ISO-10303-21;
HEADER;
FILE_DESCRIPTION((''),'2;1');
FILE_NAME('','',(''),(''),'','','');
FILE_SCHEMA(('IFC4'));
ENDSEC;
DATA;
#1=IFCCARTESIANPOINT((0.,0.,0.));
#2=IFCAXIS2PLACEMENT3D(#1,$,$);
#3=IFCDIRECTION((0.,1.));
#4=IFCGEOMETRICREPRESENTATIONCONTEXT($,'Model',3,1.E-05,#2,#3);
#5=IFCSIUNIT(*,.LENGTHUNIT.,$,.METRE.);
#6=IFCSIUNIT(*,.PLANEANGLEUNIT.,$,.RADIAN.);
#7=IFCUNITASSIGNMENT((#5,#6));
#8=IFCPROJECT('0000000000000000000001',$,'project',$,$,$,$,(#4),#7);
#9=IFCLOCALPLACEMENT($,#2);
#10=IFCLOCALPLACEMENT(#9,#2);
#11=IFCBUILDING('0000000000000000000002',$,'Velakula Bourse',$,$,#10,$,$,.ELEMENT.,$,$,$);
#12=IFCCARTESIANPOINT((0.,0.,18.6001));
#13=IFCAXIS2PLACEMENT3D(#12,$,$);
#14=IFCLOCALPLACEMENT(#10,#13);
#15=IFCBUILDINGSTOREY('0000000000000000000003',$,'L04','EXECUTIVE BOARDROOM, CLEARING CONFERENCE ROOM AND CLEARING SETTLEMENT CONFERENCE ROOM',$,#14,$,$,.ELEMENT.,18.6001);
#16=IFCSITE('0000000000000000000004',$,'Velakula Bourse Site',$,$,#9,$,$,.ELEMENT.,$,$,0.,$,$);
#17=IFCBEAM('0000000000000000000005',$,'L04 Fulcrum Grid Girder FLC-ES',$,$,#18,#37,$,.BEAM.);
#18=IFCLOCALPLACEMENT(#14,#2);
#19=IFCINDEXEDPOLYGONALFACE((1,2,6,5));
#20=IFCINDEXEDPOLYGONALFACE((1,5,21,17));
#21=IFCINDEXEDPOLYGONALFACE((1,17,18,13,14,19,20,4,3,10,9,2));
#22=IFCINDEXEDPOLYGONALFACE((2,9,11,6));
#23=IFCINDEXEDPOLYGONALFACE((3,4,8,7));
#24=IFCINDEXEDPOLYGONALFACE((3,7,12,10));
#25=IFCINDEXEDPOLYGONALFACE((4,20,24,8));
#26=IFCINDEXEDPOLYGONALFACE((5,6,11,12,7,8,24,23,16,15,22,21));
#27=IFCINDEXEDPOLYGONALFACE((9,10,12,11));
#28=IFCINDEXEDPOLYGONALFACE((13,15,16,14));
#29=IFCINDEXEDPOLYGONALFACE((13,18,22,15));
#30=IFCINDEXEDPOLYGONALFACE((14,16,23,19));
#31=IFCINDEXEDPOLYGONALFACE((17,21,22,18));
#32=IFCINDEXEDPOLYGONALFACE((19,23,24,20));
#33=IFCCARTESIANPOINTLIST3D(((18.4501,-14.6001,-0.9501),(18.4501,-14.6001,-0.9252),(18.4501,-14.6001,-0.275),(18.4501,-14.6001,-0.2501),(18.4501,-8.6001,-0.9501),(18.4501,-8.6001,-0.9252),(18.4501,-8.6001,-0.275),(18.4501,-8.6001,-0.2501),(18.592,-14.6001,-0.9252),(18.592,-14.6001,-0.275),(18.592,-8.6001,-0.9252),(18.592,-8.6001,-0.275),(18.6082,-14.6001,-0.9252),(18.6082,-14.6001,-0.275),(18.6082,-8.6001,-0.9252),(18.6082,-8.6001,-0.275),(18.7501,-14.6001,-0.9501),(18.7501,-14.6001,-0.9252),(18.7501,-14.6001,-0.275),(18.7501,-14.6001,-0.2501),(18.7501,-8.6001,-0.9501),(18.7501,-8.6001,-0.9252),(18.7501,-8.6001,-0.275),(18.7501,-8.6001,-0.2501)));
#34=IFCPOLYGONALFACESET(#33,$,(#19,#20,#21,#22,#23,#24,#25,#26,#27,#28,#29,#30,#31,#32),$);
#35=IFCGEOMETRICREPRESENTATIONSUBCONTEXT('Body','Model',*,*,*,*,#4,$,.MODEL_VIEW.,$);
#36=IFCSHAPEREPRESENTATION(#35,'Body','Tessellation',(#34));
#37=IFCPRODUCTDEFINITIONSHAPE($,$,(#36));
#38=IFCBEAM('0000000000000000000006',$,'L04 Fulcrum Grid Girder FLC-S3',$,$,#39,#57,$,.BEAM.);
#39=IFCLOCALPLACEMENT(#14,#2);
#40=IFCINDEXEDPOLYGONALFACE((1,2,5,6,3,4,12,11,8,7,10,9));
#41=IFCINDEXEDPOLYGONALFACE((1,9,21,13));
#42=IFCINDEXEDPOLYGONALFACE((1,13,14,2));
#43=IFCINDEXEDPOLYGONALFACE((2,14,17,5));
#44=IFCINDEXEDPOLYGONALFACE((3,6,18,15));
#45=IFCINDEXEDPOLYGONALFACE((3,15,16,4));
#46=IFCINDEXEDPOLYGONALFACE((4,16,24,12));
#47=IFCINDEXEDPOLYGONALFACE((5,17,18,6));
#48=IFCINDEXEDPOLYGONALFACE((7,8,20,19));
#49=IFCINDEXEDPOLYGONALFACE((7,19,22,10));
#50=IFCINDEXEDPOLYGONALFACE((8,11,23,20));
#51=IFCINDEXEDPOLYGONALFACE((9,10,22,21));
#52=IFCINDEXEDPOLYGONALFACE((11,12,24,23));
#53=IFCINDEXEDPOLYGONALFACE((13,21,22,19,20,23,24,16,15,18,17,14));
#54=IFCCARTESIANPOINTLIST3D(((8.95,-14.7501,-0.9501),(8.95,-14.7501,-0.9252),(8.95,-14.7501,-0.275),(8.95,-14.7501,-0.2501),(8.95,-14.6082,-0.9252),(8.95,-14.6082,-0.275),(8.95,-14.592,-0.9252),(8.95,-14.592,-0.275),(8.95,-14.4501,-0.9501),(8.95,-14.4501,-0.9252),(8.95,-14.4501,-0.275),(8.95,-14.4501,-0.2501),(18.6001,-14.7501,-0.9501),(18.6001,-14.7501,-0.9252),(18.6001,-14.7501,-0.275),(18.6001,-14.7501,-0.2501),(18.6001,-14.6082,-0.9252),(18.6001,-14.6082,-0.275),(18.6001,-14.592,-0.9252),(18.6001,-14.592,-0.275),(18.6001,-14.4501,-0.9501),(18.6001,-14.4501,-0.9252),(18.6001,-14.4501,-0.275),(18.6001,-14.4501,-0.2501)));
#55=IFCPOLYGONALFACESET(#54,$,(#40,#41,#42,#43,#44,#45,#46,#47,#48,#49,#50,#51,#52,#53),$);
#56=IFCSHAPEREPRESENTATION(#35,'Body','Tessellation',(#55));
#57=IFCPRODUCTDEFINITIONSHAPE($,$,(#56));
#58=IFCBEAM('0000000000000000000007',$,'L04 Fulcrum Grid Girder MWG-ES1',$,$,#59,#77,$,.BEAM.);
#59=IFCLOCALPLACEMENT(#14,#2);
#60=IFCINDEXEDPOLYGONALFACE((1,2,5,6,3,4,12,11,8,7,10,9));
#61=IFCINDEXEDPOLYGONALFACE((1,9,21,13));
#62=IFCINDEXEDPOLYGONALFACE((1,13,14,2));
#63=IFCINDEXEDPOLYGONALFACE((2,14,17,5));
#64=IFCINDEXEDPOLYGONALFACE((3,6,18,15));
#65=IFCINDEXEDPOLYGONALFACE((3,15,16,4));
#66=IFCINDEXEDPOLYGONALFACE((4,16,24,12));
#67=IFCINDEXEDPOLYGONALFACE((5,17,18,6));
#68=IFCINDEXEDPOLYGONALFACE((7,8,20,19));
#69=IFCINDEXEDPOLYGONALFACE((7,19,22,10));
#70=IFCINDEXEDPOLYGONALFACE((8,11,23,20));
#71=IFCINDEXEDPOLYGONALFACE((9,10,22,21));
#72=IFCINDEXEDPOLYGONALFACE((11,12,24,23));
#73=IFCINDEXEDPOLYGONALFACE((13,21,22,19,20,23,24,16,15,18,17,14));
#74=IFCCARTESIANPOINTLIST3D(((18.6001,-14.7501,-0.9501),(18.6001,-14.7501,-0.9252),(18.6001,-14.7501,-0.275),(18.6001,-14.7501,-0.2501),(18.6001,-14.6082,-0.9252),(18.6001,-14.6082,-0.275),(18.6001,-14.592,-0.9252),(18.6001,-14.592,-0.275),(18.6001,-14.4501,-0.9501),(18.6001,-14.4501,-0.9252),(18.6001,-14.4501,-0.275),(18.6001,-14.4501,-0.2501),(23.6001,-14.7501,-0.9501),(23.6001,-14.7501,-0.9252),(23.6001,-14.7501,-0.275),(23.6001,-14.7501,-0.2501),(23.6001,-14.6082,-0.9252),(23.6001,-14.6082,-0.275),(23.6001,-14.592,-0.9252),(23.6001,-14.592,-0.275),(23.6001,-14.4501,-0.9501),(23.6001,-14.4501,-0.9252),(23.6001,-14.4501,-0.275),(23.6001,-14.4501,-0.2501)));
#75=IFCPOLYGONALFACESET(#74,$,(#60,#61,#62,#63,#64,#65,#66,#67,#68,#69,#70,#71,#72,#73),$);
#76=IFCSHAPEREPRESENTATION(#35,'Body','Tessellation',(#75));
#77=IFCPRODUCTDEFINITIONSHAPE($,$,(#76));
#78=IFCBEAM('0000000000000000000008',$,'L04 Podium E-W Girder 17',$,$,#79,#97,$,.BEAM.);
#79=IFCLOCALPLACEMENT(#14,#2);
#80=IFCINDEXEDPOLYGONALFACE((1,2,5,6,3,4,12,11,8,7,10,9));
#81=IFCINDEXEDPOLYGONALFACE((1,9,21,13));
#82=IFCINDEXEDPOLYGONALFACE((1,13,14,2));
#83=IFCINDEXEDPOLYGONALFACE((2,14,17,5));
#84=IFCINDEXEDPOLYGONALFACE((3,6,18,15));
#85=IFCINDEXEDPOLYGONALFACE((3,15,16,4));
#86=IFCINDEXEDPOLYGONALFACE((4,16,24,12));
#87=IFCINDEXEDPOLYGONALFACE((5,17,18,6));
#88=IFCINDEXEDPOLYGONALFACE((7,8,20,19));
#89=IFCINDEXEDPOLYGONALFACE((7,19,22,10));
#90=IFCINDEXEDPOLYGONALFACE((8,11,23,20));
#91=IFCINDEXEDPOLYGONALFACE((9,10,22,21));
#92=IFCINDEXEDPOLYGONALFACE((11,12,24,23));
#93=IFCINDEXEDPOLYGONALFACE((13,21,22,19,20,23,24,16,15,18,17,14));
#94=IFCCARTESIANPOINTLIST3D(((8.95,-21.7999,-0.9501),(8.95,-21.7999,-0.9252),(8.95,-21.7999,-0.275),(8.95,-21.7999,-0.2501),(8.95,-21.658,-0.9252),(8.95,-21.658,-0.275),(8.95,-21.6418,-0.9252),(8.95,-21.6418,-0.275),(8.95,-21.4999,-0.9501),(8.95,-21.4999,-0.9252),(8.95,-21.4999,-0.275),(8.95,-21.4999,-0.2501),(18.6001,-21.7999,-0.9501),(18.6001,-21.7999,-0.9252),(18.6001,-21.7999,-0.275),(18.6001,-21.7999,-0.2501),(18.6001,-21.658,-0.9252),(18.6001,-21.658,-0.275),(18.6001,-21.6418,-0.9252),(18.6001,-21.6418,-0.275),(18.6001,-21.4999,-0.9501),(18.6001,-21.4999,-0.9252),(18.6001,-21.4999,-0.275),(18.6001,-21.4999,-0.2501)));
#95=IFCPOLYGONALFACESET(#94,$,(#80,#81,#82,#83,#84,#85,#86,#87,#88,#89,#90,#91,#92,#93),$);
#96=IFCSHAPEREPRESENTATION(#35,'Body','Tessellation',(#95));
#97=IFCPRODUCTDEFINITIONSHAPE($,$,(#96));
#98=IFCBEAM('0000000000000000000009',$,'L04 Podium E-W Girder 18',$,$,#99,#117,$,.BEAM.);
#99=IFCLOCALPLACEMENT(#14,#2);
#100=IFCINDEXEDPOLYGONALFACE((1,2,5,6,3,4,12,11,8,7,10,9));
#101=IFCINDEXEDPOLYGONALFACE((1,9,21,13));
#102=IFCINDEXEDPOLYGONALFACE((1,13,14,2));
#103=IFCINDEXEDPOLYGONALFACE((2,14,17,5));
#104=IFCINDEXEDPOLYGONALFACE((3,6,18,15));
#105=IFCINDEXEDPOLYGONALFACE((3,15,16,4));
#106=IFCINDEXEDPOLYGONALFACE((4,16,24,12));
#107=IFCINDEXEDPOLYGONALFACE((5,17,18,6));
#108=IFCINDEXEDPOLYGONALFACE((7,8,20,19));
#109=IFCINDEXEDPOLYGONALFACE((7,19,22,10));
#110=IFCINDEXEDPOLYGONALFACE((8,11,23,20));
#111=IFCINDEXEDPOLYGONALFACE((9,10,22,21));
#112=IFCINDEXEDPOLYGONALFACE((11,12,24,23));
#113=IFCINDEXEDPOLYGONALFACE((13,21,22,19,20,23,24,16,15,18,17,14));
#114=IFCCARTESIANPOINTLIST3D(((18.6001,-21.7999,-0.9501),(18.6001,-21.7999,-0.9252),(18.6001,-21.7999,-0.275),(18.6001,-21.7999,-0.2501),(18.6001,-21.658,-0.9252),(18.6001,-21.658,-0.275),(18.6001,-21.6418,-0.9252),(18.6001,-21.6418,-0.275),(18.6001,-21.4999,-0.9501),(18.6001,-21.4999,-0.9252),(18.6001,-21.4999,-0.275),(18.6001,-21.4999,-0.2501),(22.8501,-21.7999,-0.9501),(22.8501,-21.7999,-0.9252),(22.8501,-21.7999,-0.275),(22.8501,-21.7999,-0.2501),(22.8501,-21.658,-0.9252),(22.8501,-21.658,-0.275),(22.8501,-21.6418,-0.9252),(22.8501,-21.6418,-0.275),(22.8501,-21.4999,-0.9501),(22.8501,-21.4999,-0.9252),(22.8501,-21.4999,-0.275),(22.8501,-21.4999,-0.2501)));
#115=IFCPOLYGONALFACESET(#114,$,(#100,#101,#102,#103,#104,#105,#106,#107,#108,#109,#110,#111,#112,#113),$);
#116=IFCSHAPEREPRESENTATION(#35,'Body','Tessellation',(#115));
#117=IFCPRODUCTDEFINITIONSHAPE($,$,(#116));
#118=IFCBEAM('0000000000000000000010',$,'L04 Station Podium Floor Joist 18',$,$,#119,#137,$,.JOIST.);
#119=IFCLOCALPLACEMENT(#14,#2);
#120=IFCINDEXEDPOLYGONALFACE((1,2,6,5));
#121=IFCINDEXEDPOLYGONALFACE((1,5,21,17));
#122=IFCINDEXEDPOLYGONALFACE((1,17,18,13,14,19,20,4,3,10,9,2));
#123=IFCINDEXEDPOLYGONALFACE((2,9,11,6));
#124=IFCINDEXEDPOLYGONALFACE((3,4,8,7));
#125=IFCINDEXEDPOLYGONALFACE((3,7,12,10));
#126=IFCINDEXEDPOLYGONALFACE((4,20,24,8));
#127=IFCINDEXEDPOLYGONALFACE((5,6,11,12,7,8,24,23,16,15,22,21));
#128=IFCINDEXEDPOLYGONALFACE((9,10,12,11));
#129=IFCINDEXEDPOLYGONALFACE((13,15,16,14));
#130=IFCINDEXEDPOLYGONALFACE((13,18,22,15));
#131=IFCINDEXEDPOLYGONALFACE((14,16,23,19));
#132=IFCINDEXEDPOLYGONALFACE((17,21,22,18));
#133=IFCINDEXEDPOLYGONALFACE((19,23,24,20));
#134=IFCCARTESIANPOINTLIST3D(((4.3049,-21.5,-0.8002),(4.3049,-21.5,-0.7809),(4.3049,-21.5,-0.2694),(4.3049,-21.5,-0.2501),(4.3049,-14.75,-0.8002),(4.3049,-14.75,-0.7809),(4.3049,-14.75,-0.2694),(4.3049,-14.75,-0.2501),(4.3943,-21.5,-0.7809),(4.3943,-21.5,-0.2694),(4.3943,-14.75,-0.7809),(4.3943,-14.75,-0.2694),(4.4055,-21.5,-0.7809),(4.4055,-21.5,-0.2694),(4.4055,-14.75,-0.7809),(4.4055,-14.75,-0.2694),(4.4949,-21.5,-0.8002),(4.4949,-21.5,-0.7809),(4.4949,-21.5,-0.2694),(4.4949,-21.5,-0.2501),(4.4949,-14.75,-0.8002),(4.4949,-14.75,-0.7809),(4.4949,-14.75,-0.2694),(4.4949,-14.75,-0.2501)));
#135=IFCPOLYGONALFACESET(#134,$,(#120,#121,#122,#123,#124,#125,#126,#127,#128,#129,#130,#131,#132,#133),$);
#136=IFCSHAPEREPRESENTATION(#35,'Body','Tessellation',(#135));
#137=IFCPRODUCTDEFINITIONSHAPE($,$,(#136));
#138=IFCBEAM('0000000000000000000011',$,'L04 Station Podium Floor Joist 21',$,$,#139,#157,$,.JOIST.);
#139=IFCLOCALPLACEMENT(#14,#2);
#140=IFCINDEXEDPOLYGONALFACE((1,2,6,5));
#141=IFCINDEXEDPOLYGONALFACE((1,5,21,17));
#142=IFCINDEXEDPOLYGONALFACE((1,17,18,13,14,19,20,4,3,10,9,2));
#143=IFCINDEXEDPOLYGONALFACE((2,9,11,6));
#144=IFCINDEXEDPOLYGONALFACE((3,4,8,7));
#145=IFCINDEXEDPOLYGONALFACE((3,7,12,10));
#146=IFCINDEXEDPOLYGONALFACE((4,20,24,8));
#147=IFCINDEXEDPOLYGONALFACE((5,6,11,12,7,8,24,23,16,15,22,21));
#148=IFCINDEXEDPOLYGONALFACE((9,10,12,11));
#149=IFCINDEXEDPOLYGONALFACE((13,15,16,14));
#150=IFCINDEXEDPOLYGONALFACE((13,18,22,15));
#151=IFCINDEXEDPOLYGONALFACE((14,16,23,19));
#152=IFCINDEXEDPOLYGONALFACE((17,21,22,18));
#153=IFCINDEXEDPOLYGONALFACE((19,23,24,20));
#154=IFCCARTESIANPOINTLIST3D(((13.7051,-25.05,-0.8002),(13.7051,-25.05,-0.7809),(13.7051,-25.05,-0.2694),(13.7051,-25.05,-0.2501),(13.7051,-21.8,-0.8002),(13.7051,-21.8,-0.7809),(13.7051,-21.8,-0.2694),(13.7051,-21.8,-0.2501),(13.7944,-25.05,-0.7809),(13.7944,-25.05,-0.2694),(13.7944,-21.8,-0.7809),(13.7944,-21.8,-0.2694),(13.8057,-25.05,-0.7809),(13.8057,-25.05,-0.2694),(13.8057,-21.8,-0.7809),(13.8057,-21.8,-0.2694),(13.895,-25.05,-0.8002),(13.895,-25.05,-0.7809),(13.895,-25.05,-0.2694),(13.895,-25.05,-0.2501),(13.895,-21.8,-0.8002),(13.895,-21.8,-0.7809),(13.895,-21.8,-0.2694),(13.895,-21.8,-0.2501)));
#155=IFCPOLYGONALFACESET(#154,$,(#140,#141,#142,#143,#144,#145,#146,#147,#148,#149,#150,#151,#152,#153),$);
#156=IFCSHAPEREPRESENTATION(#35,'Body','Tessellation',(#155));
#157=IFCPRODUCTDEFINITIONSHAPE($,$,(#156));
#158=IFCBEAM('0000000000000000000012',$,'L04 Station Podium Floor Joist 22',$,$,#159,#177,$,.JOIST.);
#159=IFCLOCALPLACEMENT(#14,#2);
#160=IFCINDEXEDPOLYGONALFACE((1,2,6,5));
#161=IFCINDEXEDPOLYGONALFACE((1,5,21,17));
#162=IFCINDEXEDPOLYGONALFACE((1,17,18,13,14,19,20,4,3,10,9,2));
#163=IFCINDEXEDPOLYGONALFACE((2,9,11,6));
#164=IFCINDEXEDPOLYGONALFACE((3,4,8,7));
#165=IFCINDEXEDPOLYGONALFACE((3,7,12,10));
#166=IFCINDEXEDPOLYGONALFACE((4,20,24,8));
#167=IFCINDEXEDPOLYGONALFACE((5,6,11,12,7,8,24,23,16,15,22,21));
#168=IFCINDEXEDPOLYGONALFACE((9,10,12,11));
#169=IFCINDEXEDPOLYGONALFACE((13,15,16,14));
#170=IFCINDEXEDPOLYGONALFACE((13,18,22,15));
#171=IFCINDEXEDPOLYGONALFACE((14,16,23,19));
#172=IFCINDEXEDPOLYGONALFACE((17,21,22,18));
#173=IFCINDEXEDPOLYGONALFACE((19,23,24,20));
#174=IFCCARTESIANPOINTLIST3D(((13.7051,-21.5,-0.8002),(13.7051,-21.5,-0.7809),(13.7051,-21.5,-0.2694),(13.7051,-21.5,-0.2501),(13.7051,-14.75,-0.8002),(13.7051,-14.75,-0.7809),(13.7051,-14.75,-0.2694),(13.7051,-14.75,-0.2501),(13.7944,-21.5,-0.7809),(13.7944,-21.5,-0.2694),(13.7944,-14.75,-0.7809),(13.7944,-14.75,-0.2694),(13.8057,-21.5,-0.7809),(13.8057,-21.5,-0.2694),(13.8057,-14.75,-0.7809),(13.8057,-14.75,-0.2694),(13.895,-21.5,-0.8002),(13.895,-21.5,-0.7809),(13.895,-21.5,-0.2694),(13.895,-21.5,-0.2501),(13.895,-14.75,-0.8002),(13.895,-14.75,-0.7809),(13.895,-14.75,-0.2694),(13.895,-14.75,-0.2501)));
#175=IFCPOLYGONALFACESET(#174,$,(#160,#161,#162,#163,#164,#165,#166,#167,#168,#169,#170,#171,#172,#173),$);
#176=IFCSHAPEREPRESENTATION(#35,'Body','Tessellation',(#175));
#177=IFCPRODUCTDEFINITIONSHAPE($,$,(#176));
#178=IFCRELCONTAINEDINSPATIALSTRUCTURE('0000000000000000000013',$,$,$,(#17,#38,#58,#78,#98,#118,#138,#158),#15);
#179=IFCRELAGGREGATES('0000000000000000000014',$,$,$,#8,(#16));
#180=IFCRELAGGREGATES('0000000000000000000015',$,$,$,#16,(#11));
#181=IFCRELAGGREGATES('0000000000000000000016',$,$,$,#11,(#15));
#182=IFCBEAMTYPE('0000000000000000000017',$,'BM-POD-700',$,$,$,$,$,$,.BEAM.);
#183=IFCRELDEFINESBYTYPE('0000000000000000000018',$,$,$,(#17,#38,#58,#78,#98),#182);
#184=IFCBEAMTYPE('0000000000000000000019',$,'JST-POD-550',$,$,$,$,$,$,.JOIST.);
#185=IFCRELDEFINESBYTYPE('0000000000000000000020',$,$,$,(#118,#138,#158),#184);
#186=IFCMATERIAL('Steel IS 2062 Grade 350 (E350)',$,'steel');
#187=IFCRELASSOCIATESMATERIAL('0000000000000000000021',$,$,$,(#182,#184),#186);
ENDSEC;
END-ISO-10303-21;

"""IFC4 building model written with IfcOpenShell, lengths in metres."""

from ifc_helpers import new_model, si_unit, direction, frame, origin, origin_2d, place, context, subcontext, project, spatial, i_section, extrude, material, material_profile, profile_set, type_object, element, save


model = new_model("IFC4")

# Units and contexts
model_context = context("Model", 3, precision=1e-05, world=origin(), true_north=direction((0.0, 1.0)))
body_context = subcontext(model_context, "Body", "Model", "MODEL_VIEW")
ifc_project = project(units=[si_unit("LENGTHUNIT", "METRE"), si_unit("PLANEANGLEUNIT", "RADIAN")], contexts=[model_context])

# Site, building, storey
site_placement = place(None, origin())
site = spatial("IfcSite", under=ifc_project, at=site_placement, Name="Velakula Bourse Site", CompositionType="ELEMENT", RefElevation=0.0)
building_placement = place(site_placement, origin())
building = spatial("IfcBuilding", under=site, at=building_placement, Name="Velakula Bourse", CompositionType="ELEMENT")
storey_placement = place(building_placement, frame((0.0, 0.0, 18.6001)))
storey = spatial("IfcBuildingStorey", under=building, at=storey_placement, Name="L04", Description="EXECUTIVE BOARDROOM, CLEARING CONFERENCE ROOM AND CLEARING SETTLEMENT CONFERENCE ROOM", CompositionType="ELEMENT", Elevation=18.6001)

# Beams
ifc_material_1 = material(Name="Steel IS 2062 Grade 350 (E350)", Category="steel")
ifc_material_profile_1 = material_profile(ifc_material_1, i_section(OverallWidth=0.3, OverallDepth=0.7, WebThickness=0.0161, FlangeThickness=0.0249, at=origin_2d()), Name="Steel IS 2062 Grade 350 (E350)")
ifc_profile_set_1 = profile_set([ifc_material_profile_1], Name="Steel IS 2062 Grade 350 (E350)")
beam_type_1 = type_object("IfcBeamType", Name="BM-POD-700", PredefinedType="BEAM", material=ifc_profile_set_1)
for number, where, z_axis, x_axis, name in (
    (1, (18.6001, -14.6001, -0.6001), (0.0, 1.0, 0.0), (-1.0, 0.0, 0.0), "L04 Fulcrum Grid Girder FLC-ES"),
):
    element("IfcBeam", number, at=place(storey_placement, frame(where, z_axis=z_axis, x_axis=x_axis)), inside=storey, type_object=beam_type_1, Name=name, PredefinedType="BEAM", context=body_context, shape_type="SweptSolid", body=[
        extrude(i_section(OverallWidth=0.3, OverallDepth=0.7, WebThickness=0.0161, FlangeThickness=0.0249, at=origin_2d()), origin(), (0.0, 0.0, 1.0), 6.0),
    ])
beam_1_placement = place(storey_placement, frame((8.95, -14.6001, -0.6001), z_axis=(1.0, 0.0, 0.0), x_axis=(0.0, 1.0, 0.0)))
element("IfcBeam", 2, at=beam_1_placement, inside=storey, type_object=beam_type_1, Name="L04 Fulcrum Grid Girder FLC-S3", PredefinedType="BEAM", context=body_context, shape_type="SweptSolid", body=[
    extrude(i_section(OverallWidth=0.3, OverallDepth=0.7, WebThickness=0.0161, FlangeThickness=0.0249, at=origin_2d()), origin(), (0.0, 0.0, 1.0), 9.6501),
])
beam_2_placement = place(storey_placement, frame((18.6001, -14.6001, -0.6001), z_axis=(1.0, 0.0, 0.0), x_axis=(0.0, 1.0, 0.0)))
element("IfcBeam", 3, at=beam_2_placement, inside=storey, type_object=beam_type_1, Name="L04 Fulcrum Grid Girder MWG-ES1", PredefinedType="BEAM", context=body_context, shape_type="SweptSolid", body=[
    extrude(i_section(OverallWidth=0.3, OverallDepth=0.7, WebThickness=0.0161, FlangeThickness=0.0249, at=origin_2d()), origin(), (0.0, 0.0, 1.0), 5.0),
])
beam_3_placement = place(storey_placement, frame((8.95, -21.6499, -0.6001), z_axis=(1.0, 0.0, 0.0), x_axis=(0.0, 1.0, 0.0)))
element("IfcBeam", 4, at=beam_3_placement, inside=storey, type_object=beam_type_1, Name="L04 Podium E-W Girder 17", PredefinedType="BEAM", context=body_context, shape_type="SweptSolid", body=[
    extrude(i_section(OverallWidth=0.3, OverallDepth=0.7, WebThickness=0.0161, FlangeThickness=0.0249, at=origin_2d()), origin(), (0.0, 0.0, 1.0), 9.6501),
])
beam_4_placement = place(storey_placement, frame((18.6001, -21.6499, -0.6001), z_axis=(1.0, 0.0, 0.0), x_axis=(0.0, 1.0, 0.0)))
element("IfcBeam", 5, at=beam_4_placement, inside=storey, type_object=beam_type_1, Name="L04 Podium E-W Girder 18", PredefinedType="BEAM", context=body_context, shape_type="SweptSolid", body=[
    extrude(i_section(OverallWidth=0.3, OverallDepth=0.7, WebThickness=0.0161, FlangeThickness=0.0249, at=origin_2d()), origin(), (0.0, 0.0, 1.0), 4.25),
])
ifc_material_profile_2 = material_profile(ifc_material_1, i_section(OverallWidth=0.1899, OverallDepth=0.55, WebThickness=0.0112, FlangeThickness=0.0193, at=origin_2d()), Name="Steel IS 2062 Grade 350 (E350)")
ifc_profile_set_2 = profile_set([ifc_material_profile_2], Name="Steel IS 2062 Grade 350 (E350)")
beam_type_2 = type_object("IfcBeamType", Name="JST-POD-550", PredefinedType="JOIST", material=ifc_profile_set_2)
beam_5_placement = place(storey_placement, frame((4.3999, -21.5, -0.5251), z_axis=(0.0, 1.0, 0.0), x_axis=(-1.0, 0.0, 0.0)))
element("IfcBeam", 6, at=beam_5_placement, inside=storey, type_object=beam_type_2, Name="L04 Station Podium Floor Joist 18", PredefinedType="JOIST", context=body_context, shape_type="SweptSolid", body=[
    extrude(i_section(OverallWidth=0.1899, OverallDepth=0.55, WebThickness=0.0112, FlangeThickness=0.0193, at=origin_2d()), origin(), (0.0, 0.0, 1.0), 6.75),
])
beam_6_placement = place(storey_placement, frame((13.8, -25.05, -0.5251), z_axis=(0.0, 1.0, 0.0), x_axis=(-1.0, 0.0, 0.0)))
element("IfcBeam", 7, at=beam_6_placement, inside=storey, type_object=beam_type_2, Name="L04 Station Podium Floor Joist 21", PredefinedType="JOIST", context=body_context, shape_type="SweptSolid", body=[
    extrude(i_section(OverallWidth=0.1899, OverallDepth=0.55, WebThickness=0.0112, FlangeThickness=0.0193, at=origin_2d()), origin(), (0.0, 0.0, 1.0), 3.25),
])
beam_7_placement = place(storey_placement, frame((13.8, -21.5, -0.5251), z_axis=(0.0, 1.0, 0.0), x_axis=(-1.0, 0.0, 0.0)))
element("IfcBeam", 8, at=beam_7_placement, inside=storey, type_object=beam_type_2, Name="L04 Station Podium Floor Joist 22", PredefinedType="JOIST", context=body_context, shape_type="SweptSolid", body=[
    extrude(i_section(OverallWidth=0.1899, OverallDepth=0.55, WebThickness=0.0112, FlangeThickness=0.0193, at=origin_2d()), origin(), (0.0, 0.0, 1.0), 6.75),
])

save(model, "model.ifc")
